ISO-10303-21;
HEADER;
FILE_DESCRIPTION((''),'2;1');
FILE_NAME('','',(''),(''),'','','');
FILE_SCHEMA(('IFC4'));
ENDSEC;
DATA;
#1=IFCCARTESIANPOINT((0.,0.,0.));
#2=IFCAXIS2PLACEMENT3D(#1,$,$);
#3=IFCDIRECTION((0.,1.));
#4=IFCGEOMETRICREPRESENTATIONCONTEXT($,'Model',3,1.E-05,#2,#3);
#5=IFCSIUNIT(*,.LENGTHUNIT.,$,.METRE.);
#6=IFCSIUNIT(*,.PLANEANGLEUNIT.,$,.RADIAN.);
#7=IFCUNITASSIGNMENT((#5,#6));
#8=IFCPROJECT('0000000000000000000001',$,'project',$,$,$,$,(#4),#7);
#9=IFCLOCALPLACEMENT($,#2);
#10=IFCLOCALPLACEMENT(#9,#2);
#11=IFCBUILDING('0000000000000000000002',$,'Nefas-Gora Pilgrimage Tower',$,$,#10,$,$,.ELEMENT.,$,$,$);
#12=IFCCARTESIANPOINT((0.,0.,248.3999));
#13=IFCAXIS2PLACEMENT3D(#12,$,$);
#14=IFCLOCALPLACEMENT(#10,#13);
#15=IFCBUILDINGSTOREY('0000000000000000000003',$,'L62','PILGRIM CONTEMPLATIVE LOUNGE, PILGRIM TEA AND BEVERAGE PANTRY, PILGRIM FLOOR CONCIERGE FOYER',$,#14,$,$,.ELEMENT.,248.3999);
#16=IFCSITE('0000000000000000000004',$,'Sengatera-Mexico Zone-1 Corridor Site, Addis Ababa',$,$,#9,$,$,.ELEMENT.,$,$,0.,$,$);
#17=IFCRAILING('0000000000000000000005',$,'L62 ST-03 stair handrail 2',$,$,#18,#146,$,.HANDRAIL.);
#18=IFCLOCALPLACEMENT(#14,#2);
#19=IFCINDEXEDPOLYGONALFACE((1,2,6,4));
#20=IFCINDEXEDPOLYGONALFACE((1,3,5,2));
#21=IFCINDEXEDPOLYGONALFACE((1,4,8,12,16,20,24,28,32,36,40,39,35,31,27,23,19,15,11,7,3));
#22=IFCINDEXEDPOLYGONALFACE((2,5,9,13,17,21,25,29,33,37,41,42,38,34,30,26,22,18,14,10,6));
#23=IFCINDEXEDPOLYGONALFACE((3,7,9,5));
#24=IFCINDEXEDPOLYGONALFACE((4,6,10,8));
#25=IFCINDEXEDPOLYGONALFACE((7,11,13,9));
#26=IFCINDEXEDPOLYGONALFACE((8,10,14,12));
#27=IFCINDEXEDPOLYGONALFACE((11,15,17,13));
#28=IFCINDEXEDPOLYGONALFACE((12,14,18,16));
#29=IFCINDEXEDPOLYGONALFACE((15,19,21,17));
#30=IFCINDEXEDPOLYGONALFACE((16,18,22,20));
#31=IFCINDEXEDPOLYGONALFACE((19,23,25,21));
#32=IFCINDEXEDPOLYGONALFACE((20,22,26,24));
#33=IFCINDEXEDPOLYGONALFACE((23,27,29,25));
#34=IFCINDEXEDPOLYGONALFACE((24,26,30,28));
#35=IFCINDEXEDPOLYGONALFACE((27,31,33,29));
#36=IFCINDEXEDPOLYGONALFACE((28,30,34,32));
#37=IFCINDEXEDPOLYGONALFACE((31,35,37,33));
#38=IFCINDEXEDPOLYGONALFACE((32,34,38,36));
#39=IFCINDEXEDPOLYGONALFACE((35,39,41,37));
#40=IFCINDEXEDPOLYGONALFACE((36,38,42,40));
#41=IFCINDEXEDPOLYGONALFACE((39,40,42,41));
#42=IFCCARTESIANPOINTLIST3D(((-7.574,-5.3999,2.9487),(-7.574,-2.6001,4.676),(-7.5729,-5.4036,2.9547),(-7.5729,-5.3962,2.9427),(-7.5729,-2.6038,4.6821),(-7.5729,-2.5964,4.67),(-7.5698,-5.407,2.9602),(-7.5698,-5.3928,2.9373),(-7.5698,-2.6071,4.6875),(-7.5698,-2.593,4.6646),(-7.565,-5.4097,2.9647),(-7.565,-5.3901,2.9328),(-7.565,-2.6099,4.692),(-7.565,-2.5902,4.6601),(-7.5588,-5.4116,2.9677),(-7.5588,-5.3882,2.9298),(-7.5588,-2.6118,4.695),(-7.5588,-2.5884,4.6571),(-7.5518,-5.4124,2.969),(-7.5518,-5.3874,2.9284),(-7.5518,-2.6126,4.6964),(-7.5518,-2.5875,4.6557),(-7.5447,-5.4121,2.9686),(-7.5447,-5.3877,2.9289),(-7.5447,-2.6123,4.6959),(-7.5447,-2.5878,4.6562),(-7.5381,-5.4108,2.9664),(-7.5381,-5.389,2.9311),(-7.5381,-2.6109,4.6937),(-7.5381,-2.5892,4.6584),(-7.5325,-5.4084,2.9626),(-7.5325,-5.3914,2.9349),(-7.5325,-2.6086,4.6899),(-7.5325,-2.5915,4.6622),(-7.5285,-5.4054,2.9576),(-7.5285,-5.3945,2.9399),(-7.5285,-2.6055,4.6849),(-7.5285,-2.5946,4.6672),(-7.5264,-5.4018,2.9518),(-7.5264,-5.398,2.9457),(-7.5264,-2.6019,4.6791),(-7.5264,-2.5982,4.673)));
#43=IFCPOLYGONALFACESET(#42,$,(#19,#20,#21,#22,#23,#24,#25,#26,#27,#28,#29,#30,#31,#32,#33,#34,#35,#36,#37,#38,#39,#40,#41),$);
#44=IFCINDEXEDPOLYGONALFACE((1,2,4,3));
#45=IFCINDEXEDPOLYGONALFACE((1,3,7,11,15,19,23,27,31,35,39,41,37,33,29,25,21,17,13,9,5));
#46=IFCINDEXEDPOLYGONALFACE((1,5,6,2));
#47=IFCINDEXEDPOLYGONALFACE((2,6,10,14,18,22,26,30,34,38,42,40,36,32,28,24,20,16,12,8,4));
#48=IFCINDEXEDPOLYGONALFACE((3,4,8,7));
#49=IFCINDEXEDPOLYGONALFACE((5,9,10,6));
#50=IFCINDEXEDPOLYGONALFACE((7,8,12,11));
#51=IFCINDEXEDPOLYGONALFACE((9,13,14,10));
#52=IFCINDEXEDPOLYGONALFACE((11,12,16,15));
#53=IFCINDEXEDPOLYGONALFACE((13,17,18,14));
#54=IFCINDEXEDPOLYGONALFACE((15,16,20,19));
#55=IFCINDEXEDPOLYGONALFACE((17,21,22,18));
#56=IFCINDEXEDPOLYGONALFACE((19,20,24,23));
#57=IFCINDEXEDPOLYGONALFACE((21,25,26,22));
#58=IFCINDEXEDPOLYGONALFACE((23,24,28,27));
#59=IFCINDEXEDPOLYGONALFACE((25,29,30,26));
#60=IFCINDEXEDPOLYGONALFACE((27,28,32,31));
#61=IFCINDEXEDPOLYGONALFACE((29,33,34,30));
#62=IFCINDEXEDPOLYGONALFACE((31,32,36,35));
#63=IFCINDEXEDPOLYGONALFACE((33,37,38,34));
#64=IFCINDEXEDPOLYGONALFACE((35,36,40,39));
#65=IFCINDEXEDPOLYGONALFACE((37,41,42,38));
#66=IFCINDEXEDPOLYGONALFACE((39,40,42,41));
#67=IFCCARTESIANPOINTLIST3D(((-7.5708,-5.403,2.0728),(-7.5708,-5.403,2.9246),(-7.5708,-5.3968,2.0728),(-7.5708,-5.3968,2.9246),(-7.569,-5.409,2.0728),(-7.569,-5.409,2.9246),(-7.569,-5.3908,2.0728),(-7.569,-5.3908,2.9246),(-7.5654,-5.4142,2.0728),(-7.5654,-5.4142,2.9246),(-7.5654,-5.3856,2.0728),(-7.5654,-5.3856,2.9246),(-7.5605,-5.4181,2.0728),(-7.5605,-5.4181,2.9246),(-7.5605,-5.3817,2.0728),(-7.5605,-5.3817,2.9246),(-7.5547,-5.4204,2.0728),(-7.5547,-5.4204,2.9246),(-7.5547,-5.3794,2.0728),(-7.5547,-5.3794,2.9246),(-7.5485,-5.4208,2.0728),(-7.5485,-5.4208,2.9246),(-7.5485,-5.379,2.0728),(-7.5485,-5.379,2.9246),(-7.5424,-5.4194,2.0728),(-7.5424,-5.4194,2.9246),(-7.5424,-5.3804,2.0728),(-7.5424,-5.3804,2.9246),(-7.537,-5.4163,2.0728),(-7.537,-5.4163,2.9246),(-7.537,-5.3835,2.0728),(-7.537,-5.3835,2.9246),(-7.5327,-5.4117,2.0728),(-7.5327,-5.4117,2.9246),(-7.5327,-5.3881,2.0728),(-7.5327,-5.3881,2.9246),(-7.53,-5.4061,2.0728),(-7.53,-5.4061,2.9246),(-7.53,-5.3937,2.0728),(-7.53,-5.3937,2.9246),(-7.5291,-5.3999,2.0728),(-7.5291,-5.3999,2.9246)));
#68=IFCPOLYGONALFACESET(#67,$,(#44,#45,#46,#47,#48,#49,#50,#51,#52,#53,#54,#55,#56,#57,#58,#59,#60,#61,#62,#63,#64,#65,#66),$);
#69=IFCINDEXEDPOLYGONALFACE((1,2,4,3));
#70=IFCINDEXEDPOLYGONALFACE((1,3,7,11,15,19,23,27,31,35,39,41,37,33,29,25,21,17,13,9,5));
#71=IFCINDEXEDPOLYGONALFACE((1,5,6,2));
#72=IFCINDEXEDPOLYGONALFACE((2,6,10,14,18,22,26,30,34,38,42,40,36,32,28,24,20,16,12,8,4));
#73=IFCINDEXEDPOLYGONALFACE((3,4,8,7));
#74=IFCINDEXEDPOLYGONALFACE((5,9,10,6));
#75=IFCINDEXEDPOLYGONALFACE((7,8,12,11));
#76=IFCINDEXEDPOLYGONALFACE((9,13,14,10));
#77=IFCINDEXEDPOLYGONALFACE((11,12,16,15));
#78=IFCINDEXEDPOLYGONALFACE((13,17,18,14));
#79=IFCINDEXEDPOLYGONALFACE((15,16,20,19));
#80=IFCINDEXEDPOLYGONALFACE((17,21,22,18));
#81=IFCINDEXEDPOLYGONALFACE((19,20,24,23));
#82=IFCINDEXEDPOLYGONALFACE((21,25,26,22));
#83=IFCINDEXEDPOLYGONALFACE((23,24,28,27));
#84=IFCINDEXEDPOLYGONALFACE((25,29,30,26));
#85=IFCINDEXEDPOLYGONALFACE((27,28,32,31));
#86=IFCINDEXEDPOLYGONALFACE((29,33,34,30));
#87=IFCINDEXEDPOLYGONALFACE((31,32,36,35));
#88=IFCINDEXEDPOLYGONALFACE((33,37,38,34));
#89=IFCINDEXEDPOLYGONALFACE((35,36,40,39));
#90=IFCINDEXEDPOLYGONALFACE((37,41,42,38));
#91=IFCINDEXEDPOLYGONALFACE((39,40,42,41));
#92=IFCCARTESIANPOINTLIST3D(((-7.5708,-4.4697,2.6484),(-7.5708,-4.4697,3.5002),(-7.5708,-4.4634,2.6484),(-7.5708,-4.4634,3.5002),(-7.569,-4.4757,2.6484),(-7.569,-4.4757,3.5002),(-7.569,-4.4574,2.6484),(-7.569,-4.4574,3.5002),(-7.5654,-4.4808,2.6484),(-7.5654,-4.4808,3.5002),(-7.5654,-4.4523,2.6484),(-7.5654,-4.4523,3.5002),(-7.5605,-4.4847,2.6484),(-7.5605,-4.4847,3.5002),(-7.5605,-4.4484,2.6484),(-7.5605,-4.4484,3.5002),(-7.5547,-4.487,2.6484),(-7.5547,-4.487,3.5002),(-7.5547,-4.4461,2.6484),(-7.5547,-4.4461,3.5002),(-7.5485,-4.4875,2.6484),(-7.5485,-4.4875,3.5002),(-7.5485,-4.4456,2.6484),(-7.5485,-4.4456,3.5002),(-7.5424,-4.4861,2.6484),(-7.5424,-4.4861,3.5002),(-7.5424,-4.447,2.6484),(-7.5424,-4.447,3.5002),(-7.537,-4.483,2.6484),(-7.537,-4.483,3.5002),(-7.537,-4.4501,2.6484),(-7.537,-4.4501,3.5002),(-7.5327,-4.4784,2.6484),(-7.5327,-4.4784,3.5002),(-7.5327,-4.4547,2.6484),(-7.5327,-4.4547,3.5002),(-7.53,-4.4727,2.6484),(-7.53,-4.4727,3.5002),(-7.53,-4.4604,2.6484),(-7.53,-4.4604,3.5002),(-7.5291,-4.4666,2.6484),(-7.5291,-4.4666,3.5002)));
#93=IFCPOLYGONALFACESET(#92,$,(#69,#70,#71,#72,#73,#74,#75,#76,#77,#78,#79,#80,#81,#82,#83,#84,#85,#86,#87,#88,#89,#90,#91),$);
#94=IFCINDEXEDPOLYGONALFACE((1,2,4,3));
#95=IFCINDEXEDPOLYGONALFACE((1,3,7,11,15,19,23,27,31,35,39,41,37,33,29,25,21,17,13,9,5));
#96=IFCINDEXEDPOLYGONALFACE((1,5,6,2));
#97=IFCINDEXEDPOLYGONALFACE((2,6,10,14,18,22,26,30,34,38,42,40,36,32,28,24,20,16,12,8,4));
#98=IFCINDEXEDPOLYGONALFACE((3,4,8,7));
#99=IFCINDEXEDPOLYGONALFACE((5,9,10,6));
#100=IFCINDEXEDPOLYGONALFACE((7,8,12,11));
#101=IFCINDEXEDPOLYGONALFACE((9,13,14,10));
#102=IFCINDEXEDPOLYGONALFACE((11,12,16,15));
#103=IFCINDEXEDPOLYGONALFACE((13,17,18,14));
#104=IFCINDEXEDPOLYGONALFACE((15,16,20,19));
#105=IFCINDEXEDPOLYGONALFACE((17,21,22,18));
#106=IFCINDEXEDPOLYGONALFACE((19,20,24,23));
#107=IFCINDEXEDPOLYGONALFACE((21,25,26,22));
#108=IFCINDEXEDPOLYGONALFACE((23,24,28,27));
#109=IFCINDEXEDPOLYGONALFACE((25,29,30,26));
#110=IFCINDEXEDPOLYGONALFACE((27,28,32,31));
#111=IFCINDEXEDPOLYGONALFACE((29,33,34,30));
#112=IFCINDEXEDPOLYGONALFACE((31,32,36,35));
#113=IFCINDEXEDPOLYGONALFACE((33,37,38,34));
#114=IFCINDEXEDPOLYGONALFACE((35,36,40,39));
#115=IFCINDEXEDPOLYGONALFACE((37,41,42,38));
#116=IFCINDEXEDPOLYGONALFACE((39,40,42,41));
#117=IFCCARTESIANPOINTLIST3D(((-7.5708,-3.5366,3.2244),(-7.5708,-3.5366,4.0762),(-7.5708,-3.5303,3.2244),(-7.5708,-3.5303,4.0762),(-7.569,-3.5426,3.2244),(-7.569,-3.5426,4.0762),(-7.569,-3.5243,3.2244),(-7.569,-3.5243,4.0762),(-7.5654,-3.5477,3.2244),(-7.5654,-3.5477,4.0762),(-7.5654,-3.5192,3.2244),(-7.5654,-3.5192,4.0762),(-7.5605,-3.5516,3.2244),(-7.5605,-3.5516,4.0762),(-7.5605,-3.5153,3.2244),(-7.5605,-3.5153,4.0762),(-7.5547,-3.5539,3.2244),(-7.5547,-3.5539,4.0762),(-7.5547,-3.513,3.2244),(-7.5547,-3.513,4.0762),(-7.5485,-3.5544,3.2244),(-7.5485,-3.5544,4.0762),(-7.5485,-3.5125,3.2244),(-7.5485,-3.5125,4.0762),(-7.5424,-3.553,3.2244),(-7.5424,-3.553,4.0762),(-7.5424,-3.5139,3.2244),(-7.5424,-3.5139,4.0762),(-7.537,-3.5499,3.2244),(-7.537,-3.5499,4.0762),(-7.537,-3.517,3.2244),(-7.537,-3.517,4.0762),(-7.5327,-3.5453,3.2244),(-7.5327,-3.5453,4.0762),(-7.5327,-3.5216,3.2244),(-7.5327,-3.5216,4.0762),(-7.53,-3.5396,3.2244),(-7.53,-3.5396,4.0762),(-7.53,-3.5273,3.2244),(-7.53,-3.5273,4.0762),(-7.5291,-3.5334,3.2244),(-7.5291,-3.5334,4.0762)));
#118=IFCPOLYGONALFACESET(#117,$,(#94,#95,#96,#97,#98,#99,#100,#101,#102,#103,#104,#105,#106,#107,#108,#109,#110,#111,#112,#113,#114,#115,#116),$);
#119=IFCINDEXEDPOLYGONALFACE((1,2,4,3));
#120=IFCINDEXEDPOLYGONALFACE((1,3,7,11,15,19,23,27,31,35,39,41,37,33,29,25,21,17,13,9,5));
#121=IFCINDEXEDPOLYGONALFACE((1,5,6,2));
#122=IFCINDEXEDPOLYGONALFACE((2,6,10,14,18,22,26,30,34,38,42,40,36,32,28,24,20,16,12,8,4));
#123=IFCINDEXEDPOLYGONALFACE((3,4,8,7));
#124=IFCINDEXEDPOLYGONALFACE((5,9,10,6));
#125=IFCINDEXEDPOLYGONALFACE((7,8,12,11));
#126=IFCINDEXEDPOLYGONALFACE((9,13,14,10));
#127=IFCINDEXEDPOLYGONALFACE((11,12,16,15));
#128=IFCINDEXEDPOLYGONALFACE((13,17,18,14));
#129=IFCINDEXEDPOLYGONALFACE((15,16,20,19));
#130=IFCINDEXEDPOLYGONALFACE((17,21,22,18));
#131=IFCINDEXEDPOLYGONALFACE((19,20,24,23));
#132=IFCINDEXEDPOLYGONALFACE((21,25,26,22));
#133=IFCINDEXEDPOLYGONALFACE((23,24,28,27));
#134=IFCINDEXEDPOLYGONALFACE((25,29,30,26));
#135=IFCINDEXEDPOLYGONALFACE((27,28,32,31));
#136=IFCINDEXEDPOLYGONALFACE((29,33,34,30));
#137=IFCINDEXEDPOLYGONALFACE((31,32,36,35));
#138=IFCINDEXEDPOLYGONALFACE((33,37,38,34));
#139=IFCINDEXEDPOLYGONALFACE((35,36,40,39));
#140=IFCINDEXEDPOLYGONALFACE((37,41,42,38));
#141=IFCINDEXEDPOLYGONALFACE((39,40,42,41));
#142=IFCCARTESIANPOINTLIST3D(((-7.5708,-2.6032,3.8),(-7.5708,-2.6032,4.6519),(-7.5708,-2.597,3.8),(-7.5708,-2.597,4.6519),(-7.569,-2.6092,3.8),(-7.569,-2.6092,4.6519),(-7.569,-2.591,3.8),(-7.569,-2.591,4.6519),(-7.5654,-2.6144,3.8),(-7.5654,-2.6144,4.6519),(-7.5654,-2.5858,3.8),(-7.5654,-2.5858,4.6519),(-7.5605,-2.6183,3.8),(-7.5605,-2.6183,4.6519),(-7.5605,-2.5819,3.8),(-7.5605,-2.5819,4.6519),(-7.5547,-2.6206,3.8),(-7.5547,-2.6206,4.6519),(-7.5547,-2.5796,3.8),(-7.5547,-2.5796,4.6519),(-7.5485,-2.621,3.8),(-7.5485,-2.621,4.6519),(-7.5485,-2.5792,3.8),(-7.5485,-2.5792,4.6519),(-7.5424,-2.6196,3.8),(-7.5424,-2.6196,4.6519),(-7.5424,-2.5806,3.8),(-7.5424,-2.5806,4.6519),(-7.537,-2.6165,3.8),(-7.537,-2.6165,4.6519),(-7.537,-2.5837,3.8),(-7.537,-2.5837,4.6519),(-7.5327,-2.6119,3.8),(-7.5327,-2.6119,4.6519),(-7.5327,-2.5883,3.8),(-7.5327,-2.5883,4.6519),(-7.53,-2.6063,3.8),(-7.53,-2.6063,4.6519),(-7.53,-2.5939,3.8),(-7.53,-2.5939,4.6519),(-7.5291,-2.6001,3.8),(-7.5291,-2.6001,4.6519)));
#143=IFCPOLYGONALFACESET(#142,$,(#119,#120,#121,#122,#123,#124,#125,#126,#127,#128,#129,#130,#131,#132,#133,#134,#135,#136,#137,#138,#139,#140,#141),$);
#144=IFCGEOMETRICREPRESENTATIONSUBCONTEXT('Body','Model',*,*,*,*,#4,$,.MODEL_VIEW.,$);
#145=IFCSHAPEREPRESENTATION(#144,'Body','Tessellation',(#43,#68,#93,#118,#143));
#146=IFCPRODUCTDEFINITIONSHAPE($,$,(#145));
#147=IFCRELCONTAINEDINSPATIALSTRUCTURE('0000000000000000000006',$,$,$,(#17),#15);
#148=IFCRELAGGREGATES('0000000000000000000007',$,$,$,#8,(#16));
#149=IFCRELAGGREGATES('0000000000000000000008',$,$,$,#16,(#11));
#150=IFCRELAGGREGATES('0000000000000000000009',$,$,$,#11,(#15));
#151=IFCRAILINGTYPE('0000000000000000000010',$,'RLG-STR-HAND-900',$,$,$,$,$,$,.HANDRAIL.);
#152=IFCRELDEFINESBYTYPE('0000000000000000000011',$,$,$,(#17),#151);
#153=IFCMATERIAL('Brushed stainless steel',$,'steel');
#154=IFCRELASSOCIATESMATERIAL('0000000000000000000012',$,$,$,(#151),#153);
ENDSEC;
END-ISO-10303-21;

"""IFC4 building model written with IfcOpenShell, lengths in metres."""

from ifc_helpers import new_model, si_unit, direction, frame, origin, origin_2d, place, context, subcontext, project, spatial, circle, extrude, material, type_object, element, save


model = new_model("IFC4")

# Units and contexts
model_context = context("Model", 3, precision=1e-05, world=origin(), true_north=direction((0.0, 1.0)))
body_context = subcontext(model_context, "Body", "Model", "MODEL_VIEW")
ifc_project = project(units=[si_unit("LENGTHUNIT", "METRE"), si_unit("PLANEANGLEUNIT", "RADIAN")], contexts=[model_context])

# Site, building, storey
site_placement = place(None, origin())
site = spatial("IfcSite", under=ifc_project, at=site_placement, Name="Sengatera-Mexico Zone-1 Corridor Site, Addis Ababa", CompositionType="ELEMENT", RefElevation=0.0)
building_placement = place(site_placement, origin())
building = spatial("IfcBuilding", under=site, at=building_placement, Name="Nefas-Gora Pilgrimage Tower", CompositionType="ELEMENT")
storey_placement = place(building_placement, frame((0.0, 0.0, 248.3999)))
storey = spatial("IfcBuildingStorey", under=building, at=storey_placement, Name="L62", Description="PILGRIM CONTEMPLATIVE LOUNGE, PILGRIM TEA AND BEVERAGE PANTRY, PILGRIM FLOOR CONCIERGE FOYER", CompositionType="ELEMENT", Elevation=248.3999)

# Railing
ifc_material_1 = material(Name="Brushed stainless steel", Category="steel")
railing_type_1 = type_object("IfcRailingType", Name="RLG-STR-HAND-900", PredefinedType="HANDRAIL", material=ifc_material_1)
railing_1_placement = place(storey_placement, frame((-7.55, -5.3999, 2.0728)))
element("IfcRailing", 1, at=railing_1_placement, inside=storey, type_object=railing_type_1, Name="L62 ST-03 stair handrail 2", PredefinedType="HANDRAIL", context=body_context, shape_type="SweptSolid", body=[
    extrude(circle(Radius=0.0239, at=origin_2d()), frame((0.0, 0.0, 0.876), z_axis=(0.0, 0.851069, 0.525054), x_axis=(-1.0, 0.0, 0.0)), (0.0, 0.0, 1.0), 3.2898),
    extrude(circle(Radius=0.021, at=origin_2d()), origin(), (0.0, 0.0, 1.0), 0.8518),
    extrude(circle(Radius=0.021, at=origin_2d()), frame((0.0, 0.9333, 0.5757)), (0.0, 0.0, 1.0), 0.8518),
    extrude(circle(Radius=0.021, at=origin_2d()), frame((0.0, 1.8665, 1.1516)), (0.0, 0.0, 1.0), 0.8518),
    extrude(circle(Radius=0.021, at=origin_2d()), frame((0.0, 2.7998, 1.7273)), (0.0, 0.0, 1.0), 0.8518),
])

save(model, "model.ifc")
